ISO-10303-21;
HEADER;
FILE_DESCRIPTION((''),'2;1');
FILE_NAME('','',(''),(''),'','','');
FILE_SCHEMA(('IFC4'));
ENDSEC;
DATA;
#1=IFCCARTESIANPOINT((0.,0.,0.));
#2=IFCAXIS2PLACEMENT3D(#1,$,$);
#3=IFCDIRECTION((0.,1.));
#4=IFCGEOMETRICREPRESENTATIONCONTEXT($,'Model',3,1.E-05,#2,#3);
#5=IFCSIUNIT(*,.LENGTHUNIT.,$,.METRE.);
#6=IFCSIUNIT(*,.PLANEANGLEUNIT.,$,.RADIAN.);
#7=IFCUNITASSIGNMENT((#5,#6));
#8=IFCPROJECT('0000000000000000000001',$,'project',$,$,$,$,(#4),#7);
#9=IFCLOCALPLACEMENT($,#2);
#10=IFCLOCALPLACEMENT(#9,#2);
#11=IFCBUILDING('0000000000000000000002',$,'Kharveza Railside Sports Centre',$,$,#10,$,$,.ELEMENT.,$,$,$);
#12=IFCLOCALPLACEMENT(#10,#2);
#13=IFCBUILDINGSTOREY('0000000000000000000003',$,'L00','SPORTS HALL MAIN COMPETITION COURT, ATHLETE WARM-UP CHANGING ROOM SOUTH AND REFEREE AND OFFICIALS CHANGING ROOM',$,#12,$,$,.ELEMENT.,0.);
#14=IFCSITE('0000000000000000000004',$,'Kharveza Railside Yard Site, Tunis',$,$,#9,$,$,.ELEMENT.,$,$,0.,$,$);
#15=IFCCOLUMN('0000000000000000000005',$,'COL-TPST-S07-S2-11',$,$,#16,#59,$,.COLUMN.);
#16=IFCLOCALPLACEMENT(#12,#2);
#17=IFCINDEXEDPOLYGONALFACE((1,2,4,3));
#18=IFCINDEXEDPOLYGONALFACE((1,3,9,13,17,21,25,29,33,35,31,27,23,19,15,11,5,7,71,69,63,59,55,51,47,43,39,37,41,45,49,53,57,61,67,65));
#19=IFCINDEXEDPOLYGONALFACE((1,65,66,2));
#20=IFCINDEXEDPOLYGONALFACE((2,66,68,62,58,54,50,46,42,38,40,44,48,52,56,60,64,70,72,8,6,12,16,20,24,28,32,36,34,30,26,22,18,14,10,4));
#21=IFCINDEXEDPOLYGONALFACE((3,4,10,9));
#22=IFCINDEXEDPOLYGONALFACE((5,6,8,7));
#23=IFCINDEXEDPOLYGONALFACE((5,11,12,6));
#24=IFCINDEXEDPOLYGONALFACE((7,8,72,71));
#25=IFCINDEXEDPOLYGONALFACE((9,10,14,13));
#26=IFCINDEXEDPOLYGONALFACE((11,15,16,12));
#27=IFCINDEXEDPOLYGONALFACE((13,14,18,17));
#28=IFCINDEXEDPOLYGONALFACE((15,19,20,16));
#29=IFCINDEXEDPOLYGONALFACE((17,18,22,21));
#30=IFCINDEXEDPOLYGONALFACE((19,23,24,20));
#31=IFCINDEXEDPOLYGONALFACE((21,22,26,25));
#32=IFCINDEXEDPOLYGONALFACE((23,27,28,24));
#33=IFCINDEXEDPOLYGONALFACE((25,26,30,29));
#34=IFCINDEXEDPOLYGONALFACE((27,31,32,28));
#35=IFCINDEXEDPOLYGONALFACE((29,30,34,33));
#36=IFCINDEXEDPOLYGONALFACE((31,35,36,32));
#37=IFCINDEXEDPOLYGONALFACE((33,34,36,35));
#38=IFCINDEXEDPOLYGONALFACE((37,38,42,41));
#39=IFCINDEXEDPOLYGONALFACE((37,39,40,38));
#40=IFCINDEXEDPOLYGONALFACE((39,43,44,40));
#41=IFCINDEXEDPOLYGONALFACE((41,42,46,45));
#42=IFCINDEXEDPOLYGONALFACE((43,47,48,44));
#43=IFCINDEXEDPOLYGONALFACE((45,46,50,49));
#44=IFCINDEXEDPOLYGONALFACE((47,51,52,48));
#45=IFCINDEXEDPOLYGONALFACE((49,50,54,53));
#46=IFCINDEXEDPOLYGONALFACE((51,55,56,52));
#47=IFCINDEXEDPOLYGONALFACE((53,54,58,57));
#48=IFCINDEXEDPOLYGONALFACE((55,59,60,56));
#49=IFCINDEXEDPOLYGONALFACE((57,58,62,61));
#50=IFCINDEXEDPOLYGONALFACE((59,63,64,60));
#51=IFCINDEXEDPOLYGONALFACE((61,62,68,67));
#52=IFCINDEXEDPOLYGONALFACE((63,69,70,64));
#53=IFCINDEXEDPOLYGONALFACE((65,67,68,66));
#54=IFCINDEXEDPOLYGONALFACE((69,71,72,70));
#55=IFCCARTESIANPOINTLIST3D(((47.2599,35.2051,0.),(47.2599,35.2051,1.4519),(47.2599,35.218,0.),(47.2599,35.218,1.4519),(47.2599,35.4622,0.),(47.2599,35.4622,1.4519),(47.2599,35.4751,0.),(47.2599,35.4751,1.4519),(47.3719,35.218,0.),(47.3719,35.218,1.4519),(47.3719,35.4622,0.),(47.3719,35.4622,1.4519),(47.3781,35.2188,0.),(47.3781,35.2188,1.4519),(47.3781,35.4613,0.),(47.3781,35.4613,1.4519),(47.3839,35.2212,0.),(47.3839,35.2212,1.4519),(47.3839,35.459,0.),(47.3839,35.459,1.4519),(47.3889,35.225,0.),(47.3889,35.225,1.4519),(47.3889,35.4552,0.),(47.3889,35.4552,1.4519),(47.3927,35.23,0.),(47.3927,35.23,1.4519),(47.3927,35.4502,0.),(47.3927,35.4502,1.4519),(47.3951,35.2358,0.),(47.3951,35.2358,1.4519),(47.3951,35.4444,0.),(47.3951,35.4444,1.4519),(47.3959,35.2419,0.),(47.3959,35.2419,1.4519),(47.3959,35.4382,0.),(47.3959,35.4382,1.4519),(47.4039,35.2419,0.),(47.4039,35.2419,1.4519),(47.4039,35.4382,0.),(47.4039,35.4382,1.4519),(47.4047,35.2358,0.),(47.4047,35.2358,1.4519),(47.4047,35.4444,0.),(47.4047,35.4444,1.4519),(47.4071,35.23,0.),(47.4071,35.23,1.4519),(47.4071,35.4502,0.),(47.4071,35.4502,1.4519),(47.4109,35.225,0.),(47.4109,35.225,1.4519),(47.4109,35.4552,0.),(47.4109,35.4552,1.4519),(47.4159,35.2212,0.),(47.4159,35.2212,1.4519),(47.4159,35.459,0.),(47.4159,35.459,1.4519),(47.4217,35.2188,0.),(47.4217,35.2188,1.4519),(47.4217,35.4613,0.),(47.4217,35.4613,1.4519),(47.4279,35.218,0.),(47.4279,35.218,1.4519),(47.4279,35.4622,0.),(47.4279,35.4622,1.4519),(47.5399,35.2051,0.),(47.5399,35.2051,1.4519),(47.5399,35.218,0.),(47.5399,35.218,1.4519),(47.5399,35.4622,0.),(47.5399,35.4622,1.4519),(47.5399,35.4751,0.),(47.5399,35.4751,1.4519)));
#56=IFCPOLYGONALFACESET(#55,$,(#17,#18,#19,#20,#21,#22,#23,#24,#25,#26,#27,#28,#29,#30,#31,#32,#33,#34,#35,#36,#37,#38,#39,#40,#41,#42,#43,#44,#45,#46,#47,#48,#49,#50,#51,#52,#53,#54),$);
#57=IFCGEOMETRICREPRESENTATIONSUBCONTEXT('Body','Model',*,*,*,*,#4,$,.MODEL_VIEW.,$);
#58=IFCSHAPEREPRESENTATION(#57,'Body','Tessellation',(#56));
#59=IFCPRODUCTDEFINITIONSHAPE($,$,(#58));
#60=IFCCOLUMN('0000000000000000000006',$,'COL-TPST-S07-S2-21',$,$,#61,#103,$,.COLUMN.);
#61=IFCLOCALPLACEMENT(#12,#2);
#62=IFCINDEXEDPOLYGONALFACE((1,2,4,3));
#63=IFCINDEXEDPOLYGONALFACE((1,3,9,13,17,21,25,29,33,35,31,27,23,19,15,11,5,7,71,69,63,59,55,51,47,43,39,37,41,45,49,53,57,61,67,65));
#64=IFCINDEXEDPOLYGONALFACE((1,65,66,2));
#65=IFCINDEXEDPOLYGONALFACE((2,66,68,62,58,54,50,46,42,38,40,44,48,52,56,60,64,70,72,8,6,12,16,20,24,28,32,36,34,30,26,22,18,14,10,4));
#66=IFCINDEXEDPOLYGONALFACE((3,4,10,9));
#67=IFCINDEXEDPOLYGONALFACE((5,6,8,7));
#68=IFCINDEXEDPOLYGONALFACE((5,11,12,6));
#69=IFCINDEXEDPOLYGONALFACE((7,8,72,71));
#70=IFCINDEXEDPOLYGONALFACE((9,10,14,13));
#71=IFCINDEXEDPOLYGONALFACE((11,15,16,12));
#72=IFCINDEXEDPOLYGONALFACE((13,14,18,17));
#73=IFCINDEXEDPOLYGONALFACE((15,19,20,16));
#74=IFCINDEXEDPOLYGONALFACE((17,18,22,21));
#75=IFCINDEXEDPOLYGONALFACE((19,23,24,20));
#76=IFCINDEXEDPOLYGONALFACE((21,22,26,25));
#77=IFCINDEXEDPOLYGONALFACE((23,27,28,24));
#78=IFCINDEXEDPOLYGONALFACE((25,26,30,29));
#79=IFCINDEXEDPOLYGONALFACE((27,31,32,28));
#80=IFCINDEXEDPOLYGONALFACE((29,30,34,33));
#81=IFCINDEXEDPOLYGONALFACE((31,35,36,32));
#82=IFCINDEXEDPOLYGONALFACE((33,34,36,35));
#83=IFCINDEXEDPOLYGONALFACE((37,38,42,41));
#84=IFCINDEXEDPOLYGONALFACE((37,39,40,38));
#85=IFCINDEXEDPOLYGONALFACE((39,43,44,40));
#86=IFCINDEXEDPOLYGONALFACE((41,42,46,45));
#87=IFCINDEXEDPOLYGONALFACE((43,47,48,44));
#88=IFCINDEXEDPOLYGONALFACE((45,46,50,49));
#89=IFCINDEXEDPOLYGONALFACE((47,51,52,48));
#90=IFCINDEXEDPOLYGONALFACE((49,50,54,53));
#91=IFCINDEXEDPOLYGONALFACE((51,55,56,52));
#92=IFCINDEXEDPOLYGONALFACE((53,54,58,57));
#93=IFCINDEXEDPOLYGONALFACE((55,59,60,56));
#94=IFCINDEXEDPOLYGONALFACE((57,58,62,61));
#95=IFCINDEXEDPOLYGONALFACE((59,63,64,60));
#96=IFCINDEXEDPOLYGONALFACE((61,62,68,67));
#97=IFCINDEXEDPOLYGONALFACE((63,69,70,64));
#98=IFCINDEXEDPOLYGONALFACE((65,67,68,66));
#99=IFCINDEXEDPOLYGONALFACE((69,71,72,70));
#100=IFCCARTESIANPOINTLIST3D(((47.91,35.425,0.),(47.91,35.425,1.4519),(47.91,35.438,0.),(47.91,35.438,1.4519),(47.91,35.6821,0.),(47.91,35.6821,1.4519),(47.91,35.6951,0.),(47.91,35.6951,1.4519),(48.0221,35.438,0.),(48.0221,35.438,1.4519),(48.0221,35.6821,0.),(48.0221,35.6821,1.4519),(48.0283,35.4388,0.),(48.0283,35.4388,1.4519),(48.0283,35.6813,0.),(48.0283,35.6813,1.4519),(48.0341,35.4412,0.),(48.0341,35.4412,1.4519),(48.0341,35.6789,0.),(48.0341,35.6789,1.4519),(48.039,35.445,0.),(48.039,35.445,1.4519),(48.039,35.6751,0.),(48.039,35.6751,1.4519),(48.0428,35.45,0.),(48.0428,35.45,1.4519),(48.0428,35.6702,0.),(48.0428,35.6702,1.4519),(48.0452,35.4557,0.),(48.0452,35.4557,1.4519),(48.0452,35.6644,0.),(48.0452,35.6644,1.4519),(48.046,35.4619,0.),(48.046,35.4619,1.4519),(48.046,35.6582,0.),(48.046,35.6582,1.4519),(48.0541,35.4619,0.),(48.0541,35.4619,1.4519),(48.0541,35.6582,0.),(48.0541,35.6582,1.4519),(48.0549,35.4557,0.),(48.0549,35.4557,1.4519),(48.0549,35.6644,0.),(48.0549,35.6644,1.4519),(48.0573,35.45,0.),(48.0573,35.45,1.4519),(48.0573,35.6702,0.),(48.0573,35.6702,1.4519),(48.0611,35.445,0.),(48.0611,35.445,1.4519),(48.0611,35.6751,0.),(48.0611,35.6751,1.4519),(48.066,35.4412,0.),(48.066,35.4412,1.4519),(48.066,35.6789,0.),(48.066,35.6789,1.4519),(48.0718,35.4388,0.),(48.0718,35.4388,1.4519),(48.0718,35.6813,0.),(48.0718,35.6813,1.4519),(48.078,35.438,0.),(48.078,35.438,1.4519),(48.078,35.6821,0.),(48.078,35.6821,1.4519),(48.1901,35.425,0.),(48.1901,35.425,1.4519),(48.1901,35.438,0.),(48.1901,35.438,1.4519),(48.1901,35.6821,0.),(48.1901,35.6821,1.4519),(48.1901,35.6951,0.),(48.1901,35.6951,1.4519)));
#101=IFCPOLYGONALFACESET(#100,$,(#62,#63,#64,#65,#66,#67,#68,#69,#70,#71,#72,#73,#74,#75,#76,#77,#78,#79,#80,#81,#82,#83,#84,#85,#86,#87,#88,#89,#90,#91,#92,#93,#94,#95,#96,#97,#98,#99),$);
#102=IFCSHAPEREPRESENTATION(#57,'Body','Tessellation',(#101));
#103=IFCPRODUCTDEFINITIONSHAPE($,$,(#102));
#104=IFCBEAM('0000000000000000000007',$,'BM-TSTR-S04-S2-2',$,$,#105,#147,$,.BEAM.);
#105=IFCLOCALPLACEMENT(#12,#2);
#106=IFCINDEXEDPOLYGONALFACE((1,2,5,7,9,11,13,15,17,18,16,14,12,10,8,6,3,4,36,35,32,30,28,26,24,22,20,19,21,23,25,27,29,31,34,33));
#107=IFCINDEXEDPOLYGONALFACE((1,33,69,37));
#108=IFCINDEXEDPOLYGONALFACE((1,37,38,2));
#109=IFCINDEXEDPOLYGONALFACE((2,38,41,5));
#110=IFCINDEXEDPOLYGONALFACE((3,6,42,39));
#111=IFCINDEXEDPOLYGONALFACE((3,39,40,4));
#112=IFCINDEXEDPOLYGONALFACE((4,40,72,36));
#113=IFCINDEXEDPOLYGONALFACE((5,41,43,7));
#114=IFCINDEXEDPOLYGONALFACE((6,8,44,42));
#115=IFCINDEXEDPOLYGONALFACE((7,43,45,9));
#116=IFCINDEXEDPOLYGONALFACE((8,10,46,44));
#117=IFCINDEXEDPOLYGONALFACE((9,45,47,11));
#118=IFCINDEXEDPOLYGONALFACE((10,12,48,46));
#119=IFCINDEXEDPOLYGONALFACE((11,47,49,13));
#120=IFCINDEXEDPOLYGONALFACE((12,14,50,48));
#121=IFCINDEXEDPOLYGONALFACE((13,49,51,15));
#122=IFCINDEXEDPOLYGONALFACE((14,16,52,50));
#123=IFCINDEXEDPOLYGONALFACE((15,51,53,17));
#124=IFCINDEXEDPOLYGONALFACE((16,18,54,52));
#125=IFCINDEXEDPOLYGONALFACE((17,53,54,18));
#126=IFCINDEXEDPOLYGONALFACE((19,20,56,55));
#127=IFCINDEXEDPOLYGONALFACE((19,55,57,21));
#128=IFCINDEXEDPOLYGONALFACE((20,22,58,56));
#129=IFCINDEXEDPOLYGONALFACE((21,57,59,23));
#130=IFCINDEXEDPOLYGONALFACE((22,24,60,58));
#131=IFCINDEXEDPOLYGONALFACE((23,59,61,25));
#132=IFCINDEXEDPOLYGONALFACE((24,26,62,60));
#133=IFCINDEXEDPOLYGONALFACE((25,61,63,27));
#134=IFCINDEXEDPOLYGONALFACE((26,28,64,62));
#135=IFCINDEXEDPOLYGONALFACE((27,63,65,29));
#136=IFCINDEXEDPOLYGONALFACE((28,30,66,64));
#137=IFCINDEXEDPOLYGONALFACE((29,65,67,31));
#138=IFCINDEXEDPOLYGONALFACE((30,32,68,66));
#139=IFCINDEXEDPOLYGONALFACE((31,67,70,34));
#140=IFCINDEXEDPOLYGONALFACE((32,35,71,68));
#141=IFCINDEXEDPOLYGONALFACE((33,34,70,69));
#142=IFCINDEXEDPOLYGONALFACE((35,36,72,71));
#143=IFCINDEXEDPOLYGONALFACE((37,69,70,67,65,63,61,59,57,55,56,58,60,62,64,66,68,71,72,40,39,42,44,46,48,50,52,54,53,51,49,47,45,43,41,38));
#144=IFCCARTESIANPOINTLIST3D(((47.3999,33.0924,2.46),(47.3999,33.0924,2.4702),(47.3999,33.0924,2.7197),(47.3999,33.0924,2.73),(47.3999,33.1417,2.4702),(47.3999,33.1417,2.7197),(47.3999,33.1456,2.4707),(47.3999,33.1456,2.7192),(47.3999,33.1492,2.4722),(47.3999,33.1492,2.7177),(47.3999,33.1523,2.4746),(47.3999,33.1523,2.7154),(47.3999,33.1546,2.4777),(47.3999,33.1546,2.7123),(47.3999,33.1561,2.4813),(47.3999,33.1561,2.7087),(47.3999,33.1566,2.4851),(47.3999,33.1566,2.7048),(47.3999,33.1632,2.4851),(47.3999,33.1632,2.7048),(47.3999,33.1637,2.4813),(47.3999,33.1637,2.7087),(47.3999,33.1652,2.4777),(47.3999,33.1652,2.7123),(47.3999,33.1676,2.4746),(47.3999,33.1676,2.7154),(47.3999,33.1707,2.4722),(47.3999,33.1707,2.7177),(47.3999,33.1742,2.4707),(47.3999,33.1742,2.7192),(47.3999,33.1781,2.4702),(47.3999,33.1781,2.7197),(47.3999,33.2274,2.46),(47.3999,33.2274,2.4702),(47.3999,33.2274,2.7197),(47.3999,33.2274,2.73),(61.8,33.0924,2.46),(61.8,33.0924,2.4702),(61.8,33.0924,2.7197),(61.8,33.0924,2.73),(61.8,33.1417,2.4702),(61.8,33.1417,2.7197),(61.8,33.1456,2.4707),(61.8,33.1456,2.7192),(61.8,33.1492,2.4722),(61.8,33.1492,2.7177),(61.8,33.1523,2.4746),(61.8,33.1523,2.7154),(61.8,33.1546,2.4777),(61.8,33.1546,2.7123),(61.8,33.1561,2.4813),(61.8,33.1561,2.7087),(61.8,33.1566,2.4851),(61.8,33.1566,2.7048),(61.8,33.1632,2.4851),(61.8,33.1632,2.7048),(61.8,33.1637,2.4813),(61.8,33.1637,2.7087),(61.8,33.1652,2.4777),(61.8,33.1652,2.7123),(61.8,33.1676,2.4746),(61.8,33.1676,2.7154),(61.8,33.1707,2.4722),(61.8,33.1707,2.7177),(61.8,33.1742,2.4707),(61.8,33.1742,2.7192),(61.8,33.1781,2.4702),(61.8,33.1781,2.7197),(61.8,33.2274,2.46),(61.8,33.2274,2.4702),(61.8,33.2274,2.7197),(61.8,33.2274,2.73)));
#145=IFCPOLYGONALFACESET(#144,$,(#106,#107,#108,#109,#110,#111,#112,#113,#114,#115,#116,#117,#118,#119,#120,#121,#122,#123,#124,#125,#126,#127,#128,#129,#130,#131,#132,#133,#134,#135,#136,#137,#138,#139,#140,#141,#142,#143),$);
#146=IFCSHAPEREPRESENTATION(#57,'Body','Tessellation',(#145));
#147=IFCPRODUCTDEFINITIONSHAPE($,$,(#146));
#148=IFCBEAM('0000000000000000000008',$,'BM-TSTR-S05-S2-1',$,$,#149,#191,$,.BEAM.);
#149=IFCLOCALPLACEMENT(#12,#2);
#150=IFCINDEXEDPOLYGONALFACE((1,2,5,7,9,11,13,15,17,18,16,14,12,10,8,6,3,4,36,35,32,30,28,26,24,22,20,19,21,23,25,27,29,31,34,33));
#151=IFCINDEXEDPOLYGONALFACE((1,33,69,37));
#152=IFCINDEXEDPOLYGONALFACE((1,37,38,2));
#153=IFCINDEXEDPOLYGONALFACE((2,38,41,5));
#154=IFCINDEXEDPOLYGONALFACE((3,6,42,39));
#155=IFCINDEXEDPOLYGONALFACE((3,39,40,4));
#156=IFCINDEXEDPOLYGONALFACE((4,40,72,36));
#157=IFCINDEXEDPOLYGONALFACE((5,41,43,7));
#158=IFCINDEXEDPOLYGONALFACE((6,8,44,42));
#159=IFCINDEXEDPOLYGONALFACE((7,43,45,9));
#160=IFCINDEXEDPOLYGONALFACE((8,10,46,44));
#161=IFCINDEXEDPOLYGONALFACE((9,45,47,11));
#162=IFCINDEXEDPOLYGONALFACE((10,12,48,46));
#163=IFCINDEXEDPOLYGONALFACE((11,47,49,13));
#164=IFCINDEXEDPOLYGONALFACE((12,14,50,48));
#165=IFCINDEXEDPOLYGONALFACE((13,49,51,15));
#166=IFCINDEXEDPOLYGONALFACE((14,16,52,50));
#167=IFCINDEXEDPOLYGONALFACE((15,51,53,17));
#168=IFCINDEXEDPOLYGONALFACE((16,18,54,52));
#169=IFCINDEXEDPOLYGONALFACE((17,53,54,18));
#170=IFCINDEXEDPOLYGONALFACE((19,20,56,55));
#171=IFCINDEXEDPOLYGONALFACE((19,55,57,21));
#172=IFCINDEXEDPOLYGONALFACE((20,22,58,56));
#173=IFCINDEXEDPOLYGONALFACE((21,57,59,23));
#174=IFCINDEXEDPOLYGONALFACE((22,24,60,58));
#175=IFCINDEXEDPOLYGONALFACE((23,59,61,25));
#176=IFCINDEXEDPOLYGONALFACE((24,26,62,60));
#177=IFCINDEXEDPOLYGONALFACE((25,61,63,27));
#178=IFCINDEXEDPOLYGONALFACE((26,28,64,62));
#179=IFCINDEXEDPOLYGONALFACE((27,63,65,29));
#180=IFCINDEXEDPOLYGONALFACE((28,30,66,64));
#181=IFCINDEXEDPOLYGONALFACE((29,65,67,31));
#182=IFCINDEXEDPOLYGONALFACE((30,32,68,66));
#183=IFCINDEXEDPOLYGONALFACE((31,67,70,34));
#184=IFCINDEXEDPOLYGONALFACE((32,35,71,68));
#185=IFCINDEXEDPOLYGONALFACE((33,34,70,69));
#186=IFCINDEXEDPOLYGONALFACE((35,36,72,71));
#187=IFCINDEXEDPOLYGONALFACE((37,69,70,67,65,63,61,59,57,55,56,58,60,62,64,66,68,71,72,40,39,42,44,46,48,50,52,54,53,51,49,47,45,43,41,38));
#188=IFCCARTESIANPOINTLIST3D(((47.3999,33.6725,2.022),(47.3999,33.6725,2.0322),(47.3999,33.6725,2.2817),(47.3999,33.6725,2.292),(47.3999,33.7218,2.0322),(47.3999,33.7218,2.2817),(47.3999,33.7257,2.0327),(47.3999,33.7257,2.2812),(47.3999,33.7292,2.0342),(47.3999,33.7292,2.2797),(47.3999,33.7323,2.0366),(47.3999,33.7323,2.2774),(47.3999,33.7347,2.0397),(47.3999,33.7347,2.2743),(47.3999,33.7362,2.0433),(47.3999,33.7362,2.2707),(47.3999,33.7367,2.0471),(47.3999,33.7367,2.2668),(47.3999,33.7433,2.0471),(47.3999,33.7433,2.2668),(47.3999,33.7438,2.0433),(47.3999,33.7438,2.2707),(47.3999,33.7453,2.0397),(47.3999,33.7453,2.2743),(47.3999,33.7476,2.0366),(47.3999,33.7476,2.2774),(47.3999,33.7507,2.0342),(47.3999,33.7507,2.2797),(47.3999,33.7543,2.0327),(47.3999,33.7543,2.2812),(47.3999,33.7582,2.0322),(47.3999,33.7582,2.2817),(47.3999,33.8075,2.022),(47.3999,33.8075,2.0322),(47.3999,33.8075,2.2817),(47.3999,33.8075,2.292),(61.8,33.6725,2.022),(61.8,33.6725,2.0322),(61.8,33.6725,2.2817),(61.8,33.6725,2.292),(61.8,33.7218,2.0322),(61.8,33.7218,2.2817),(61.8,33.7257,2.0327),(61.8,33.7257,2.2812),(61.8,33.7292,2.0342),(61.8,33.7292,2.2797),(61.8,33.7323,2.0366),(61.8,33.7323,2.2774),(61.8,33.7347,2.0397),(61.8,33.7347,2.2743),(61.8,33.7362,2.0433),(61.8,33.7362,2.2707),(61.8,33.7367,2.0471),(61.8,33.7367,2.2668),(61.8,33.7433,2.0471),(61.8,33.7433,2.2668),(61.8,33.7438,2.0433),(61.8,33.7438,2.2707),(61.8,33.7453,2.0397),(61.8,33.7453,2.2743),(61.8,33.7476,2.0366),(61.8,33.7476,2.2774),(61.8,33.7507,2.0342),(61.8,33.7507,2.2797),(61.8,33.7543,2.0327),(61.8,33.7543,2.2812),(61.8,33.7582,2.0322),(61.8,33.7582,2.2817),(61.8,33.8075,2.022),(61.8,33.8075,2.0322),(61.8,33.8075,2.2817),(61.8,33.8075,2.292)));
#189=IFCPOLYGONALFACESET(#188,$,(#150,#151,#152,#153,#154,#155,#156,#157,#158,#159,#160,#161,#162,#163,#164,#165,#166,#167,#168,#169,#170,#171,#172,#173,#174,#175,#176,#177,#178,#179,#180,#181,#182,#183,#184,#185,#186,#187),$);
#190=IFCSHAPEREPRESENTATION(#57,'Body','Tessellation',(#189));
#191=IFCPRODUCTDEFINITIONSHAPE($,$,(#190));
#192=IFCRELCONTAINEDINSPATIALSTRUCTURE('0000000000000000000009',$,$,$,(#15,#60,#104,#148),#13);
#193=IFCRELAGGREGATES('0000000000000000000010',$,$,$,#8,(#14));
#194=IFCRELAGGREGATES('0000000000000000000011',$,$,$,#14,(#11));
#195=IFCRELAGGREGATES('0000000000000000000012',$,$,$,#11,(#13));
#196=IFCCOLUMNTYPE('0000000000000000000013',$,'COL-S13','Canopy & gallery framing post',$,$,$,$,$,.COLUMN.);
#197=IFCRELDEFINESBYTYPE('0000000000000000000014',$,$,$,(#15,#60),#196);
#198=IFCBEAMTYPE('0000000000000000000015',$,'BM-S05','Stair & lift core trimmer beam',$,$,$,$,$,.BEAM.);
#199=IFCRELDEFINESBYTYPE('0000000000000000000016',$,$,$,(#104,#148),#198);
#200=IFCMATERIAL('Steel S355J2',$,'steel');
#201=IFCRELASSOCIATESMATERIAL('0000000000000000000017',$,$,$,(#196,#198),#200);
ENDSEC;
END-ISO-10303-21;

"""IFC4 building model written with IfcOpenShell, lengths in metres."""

from ifc_helpers import new_model, si_unit, direction, frame, origin, origin_2d, place, context, subcontext, project, spatial, i_section, extrude, material, material_profile, profile_set, type_object, element, save


model = new_model("IFC4")

# Units and contexts
model_context = context("Model", 3, precision=1e-05, world=origin(), true_north=direction((0.0, 1.0)))
body_context = subcontext(model_context, "Body", "Model", "MODEL_VIEW")
ifc_project = project(units=[si_unit("LENGTHUNIT", "METRE"), si_unit("PLANEANGLEUNIT", "RADIAN")], contexts=[model_context])

# Site, building, storey
site_placement = place(None, origin())
site = spatial("IfcSite", under=ifc_project, at=site_placement, Name="Kharveza Railside Yard Site, Tunis", CompositionType="ELEMENT", RefElevation=0.0)
building_placement = place(site_placement, origin())
building = spatial("IfcBuilding", under=site, at=building_placement, Name="Kharveza Railside Sports Centre", CompositionType="ELEMENT")
storey_placement = place(building_placement, origin())
storey = spatial("IfcBuildingStorey", under=building, at=storey_placement, Name="L00", Description="SPORTS HALL MAIN COMPETITION COURT, ATHLETE WARM-UP CHANGING ROOM SOUTH AND REFEREE AND OFFICIALS CHANGING ROOM", CompositionType="ELEMENT", Elevation=0.0)

# Columns
ifc_material_1 = material(Name="Steel S355J2", Category="steel")
ifc_material_profile_1 = material_profile(ifc_material_1, i_section(OverallWidth=0.28, OverallDepth=0.27, WebThickness=0.0081, FlangeThickness=0.0129, FilletRadius=0.0239, at=origin_2d()), Name="HEA 280")
ifc_profile_set_1 = profile_set([ifc_material_profile_1], Name="Steel S355J2")
column_type = type_object("IfcColumnType", Name="COL-S13", Description="Canopy & gallery framing post", PredefinedType="COLUMN", material=ifc_profile_set_1)
for number, where, z_axis, x_axis, name in (
    (1, (47.3999, 35.3401, 0.0), (0.0, 0.0, 1.0), (1.0, 0.0, 0.0), "COL-TPST-S07-S2-11"),
    (2, (48.05, 35.5601, 0.0), (0.0, 0.0, 1.0), (1.0, 0.0, 0.0), "COL-TPST-S07-S2-21"),
):
    element("IfcColumn", number, at=place(storey_placement, frame(where, z_axis=z_axis, x_axis=x_axis)), inside=storey, type_object=column_type, Name=name, PredefinedType="COLUMN", context=body_context, shape_type="SweptSolid", body=[
        extrude(i_section(OverallWidth=0.28, OverallDepth=0.27, WebThickness=0.0081, FlangeThickness=0.0129, FilletRadius=0.0239, at=origin_2d()), origin(), (0.0, 0.0, 1.0), 1.4519),
    ])

# Beams
ifc_material_profile_2 = material_profile(ifc_material_1, i_section(OverallWidth=0.135, OverallDepth=0.27, WebThickness=0.0066, FlangeThickness=0.0103, FilletRadius=0.0149, at=origin_2d()), Name="IPE 270")
ifc_profile_set_2 = profile_set([ifc_material_profile_2], Name="Steel S355J2")
beam_type = type_object("IfcBeamType", Name="BM-S05", Description="Stair & lift core trimmer beam", PredefinedType="BEAM", material=ifc_profile_set_2)
for number, where, z_axis, x_axis, name in (
    (3, (47.3999, 33.1599, 2.595), (1.0, 0.0, 0.0), (0.0, 1.0, 0.0), "BM-TSTR-S04-S2-2"),
    (4, (47.3999, 33.74, 2.157), (1.0, 0.0, 0.0), (0.0, 1.0, 0.0), "BM-TSTR-S05-S2-1"),
):
    element("IfcBeam", number, at=place(storey_placement, frame(where, z_axis=z_axis, x_axis=x_axis)), inside=storey, type_object=beam_type, Name=name, PredefinedType="BEAM", context=body_context, shape_type="SweptSolid", body=[
        extrude(i_section(OverallWidth=0.135, OverallDepth=0.27, WebThickness=0.0066, FlangeThickness=0.0103, FilletRadius=0.0149, at=origin_2d()), origin(), (0.0, 0.0, 1.0), 14.4001),
    ])

save(model, "model.ifc")
